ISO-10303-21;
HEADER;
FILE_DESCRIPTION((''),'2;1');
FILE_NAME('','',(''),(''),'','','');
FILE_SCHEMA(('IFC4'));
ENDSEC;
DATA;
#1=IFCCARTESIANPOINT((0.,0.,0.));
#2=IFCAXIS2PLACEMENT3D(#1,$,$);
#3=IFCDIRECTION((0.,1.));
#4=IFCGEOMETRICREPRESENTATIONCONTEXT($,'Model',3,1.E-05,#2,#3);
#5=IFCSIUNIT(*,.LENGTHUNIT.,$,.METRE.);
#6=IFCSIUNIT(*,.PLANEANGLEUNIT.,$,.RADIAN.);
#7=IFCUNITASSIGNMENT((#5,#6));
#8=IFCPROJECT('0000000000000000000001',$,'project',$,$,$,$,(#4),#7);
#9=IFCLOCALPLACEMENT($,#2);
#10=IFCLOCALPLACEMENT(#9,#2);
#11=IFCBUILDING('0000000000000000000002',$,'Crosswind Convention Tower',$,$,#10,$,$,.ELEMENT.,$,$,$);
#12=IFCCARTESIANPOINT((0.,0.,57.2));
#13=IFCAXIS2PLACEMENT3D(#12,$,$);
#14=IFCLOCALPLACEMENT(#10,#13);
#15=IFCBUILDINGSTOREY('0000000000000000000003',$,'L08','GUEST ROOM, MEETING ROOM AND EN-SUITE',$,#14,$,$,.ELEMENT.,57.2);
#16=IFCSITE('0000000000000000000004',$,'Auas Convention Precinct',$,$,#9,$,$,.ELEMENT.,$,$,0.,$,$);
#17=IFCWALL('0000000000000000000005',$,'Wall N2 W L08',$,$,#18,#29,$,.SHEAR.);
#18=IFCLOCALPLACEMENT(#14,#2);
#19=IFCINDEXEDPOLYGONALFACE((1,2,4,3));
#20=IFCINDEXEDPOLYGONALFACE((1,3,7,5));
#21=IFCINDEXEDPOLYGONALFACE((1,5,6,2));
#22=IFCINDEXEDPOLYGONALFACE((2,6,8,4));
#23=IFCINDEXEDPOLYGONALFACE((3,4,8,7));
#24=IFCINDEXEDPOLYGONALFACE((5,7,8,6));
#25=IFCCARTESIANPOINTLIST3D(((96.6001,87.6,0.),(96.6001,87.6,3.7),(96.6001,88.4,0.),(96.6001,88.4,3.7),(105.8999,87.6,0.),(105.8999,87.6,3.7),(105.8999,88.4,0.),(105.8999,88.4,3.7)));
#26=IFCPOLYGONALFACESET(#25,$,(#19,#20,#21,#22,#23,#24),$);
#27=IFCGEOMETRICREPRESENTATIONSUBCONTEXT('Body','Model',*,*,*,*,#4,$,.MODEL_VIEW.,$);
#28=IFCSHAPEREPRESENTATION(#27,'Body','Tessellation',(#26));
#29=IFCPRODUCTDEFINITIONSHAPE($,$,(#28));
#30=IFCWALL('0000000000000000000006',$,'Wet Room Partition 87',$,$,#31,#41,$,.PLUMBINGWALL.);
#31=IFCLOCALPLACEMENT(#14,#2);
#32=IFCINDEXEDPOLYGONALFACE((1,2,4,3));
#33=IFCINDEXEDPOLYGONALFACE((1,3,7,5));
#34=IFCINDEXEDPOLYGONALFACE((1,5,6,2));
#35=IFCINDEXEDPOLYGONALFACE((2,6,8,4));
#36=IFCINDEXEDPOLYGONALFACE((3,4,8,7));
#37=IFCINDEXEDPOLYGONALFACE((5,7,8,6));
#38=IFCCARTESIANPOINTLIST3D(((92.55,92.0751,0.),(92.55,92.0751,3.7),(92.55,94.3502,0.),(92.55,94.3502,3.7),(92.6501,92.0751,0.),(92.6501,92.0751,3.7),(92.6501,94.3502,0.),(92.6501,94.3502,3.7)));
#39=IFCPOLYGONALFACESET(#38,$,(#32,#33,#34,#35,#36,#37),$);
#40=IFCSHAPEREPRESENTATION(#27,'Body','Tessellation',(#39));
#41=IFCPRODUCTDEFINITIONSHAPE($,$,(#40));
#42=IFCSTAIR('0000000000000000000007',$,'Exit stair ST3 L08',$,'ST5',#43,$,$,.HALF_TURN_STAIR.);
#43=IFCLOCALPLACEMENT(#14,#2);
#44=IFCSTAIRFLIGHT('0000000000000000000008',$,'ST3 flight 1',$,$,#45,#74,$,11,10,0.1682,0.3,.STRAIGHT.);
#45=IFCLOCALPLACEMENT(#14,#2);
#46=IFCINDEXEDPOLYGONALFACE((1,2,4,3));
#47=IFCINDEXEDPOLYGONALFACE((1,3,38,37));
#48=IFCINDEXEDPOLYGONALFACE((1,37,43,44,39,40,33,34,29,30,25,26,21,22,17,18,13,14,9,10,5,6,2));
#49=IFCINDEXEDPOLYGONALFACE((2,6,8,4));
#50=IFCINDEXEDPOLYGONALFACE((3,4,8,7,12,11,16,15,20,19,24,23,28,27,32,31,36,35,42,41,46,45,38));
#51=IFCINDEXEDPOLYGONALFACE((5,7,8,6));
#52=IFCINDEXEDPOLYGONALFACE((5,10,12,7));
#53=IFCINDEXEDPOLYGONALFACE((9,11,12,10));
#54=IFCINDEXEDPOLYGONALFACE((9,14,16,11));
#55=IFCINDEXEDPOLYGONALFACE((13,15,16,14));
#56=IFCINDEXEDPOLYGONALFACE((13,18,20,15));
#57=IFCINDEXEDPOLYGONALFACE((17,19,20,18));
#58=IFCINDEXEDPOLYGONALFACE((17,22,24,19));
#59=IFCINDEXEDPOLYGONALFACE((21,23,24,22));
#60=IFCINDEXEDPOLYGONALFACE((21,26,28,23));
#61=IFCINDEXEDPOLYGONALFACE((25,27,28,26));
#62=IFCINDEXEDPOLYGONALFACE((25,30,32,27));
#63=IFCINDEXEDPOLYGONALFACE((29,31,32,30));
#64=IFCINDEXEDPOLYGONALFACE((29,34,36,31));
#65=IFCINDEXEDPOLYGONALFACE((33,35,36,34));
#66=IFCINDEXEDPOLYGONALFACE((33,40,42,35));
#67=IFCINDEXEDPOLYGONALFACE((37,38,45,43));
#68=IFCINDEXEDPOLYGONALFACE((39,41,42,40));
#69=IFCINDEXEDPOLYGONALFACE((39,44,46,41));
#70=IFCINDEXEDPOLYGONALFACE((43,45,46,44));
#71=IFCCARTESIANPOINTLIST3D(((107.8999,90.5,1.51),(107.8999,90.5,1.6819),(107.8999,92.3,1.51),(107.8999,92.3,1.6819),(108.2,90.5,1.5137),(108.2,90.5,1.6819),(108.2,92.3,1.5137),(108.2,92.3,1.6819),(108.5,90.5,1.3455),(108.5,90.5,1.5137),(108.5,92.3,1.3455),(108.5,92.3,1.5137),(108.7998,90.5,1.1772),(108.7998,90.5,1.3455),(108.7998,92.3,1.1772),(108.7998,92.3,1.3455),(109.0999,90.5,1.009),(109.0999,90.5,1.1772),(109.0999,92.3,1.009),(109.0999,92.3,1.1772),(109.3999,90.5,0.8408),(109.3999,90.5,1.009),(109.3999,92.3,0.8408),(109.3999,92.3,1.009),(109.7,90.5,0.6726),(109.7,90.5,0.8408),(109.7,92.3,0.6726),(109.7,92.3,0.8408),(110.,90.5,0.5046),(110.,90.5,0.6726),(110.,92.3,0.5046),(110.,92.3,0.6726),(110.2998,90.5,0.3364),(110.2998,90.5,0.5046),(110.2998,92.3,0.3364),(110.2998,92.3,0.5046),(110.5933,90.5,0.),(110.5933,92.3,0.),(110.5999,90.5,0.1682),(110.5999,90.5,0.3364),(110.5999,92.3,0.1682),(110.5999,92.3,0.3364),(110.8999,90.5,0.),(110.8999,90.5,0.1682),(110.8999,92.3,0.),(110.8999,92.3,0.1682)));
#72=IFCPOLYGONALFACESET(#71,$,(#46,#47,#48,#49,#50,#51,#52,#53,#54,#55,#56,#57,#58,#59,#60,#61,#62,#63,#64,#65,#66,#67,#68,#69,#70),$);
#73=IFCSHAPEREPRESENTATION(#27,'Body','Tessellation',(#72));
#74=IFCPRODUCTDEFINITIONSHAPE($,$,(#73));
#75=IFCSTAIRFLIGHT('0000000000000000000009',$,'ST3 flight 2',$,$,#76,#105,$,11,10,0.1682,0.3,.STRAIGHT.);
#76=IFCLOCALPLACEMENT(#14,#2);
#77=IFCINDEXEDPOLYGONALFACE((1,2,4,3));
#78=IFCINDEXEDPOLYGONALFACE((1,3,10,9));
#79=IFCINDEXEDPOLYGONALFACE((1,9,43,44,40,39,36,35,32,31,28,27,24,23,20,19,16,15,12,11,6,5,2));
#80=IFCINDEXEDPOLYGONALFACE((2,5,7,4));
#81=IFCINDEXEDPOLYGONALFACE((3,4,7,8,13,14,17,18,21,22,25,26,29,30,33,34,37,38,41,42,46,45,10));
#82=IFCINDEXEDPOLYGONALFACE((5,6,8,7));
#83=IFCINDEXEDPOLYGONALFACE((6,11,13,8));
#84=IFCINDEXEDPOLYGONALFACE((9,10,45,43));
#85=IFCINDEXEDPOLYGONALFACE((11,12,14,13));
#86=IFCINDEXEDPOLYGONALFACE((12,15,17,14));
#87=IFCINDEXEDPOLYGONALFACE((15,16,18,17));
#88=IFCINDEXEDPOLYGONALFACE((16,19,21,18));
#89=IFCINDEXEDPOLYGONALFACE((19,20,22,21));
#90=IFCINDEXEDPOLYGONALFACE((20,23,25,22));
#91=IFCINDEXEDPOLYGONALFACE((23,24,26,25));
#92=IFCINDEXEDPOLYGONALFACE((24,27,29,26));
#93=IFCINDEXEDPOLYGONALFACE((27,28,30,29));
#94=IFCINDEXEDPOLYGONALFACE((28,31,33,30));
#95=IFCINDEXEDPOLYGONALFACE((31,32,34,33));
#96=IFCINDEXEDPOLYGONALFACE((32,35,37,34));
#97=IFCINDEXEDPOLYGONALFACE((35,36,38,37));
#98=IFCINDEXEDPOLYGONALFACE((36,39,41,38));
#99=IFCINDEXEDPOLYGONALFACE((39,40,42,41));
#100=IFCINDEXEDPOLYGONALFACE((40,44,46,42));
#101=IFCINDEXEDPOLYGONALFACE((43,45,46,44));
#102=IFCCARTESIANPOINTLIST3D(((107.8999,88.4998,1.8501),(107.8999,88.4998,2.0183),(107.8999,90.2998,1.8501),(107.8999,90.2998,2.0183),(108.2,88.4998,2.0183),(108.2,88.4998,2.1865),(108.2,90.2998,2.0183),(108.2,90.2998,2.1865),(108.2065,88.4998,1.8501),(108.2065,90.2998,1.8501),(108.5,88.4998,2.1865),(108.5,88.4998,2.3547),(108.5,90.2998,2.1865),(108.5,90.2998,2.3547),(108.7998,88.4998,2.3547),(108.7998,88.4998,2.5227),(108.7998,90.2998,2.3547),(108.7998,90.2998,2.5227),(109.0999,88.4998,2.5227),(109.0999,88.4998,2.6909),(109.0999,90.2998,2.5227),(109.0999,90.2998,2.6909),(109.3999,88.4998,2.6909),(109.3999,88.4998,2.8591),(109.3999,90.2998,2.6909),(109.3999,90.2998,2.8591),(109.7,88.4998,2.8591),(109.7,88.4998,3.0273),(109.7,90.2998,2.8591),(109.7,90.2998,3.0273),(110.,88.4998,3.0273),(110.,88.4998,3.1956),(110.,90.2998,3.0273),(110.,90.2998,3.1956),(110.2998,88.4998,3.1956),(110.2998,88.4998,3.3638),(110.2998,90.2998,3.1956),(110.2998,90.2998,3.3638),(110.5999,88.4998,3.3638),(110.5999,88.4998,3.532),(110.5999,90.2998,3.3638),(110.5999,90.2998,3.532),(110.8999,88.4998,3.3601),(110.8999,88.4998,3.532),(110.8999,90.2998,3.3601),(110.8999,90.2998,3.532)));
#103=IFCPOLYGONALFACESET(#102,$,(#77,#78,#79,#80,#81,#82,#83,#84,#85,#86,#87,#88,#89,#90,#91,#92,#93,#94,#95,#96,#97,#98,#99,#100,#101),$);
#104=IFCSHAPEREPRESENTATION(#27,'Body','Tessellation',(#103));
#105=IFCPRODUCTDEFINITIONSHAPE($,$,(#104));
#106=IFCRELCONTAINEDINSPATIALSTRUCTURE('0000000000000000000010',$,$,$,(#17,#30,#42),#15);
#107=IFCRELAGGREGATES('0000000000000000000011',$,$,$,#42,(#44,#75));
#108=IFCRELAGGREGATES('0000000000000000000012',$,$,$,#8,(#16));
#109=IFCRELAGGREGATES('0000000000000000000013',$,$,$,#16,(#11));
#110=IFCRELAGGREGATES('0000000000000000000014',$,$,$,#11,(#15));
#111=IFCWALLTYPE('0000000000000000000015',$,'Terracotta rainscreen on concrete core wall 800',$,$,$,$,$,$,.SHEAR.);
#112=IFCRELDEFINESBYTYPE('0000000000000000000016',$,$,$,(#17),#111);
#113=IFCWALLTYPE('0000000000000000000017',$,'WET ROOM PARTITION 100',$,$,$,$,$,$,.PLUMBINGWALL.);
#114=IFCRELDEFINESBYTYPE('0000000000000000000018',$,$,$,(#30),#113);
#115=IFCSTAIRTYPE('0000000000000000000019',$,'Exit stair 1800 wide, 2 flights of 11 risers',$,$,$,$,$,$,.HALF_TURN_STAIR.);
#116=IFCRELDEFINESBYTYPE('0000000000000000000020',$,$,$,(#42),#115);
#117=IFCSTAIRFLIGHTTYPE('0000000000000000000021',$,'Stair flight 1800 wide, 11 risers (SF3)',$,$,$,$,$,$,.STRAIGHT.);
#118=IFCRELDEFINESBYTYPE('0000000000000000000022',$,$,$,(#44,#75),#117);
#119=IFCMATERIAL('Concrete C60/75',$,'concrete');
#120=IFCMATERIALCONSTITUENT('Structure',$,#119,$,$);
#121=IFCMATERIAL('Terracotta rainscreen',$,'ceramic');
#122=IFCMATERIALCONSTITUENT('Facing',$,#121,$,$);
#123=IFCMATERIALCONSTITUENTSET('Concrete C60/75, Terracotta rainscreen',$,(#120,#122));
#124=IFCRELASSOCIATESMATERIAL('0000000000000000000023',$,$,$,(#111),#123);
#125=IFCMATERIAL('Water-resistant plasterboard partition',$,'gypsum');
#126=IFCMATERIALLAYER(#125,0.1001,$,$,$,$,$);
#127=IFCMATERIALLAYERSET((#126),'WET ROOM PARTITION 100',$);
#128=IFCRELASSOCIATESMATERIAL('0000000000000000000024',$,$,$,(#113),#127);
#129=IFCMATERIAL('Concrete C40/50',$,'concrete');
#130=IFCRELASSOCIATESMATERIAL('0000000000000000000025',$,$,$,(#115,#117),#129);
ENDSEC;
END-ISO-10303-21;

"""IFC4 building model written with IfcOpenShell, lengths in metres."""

from ifc_helpers import new_model, si_unit, direction, frame, frame_2d, origin, place, context, subcontext, project, spatial, polyline, rectangle, outline, extrude, material, layer, layer_set, constituent, constituent_set, type_object, element, aggregate, save


model = new_model("IFC4")

# Units and contexts
model_context = context("Model", 3, precision=1e-05, world=origin(), true_north=direction((0.0, 1.0)))
body_context = subcontext(model_context, "Body", "Model", "MODEL_VIEW")
ifc_project = project(units=[si_unit("LENGTHUNIT", "METRE"), si_unit("PLANEANGLEUNIT", "RADIAN")], contexts=[model_context])

# Site, building, storey
site_placement = place(None, origin())
site = spatial("IfcSite", under=ifc_project, at=site_placement, Name="Auas Convention Precinct", CompositionType="ELEMENT", RefElevation=0.0)
building_placement = place(site_placement, origin())
building = spatial("IfcBuilding", under=site, at=building_placement, Name="Crosswind Convention Tower", CompositionType="ELEMENT")
storey_placement = place(building_placement, frame((0.0, 0.0, 57.2)))
storey = spatial("IfcBuildingStorey", under=building, at=storey_placement, Name="L08", Description="GUEST ROOM, MEETING ROOM AND EN-SUITE", CompositionType="ELEMENT", Elevation=57.2)

# Shared definitions
ifc_material_1 = material(Name="Terracotta rainscreen", Category="ceramic")

# Walls
ifc_material_2 = material(Name="Concrete C60/75", Category="concrete")
ifc_constituent_1 = constituent(ifc_material_2, Name="Structure")
ifc_constituent_2 = constituent(ifc_material_1, Name="Facing")
ifc_constituent_set = constituent_set(constituents=[ifc_constituent_1, ifc_constituent_2], Name="Concrete C60/75, Terracotta rainscreen")
wall_type_1 = type_object("IfcWallType", Name="Terracotta rainscreen on concrete core wall 800", PredefinedType="SHEAR", material=ifc_constituent_set)
wall_1_placement = place(storey_placement, frame((105.8999, 88.0, 0.0), z_axis=(0.0, 0.0, 1.0), x_axis=(-1.0, 0.0, 0.0)))
element("IfcWall", 1, at=wall_1_placement, inside=storey, type_object=wall_type_1, Name="Wall N2 W L08", PredefinedType="SHEAR", context=body_context, shape_type="SweptSolid", body=[
    extrude(rectangle(XDim=9.2998, YDim=0.8, at=frame_2d((4.6499, 0.0))), origin(), (0.0, 0.0, 1.0), 3.7),
])
ifc_material_3 = material(Name="Water-resistant plasterboard partition", Category="gypsum")
ifc_layer_1 = layer(ifc_material_3, 0.1001)
ifc_layer_set_1 = layer_set([ifc_layer_1], Name="WET ROOM PARTITION 100")
wall_type_2 = type_object("IfcWallType", Name="WET ROOM PARTITION 100", PredefinedType="PLUMBINGWALL", material=ifc_layer_set_1)
wall_2_placement = place(storey_placement, frame((92.6001, 92.075, 0.0), z_axis=(0.0, 0.0, 1.0), x_axis=(0.0, 1.0, 0.0)))
element("IfcWall", 2, at=wall_2_placement, inside=storey, type_object=wall_type_2, Name="Wet Room Partition 87", PredefinedType="PLUMBINGWALL", context=body_context, shape_type="SweptSolid", body=[
    extrude(rectangle(XDim=2.2751, YDim=0.1001, at=frame_2d((1.1377, 0.0))), origin(), (0.0, 0.0, 1.0), 3.7),
])

# Stair, stair flights
ifc_material_4 = material(Name="Concrete C40/50", Category="concrete")
stair_type = type_object("IfcStairType", Name="Exit stair 1800 wide, 2 flights of 11 risers", PredefinedType="HALF_TURN_STAIR", material=ifc_material_4)
stair_placement = place(storey_placement, origin())
stair = element("IfcStair", 3, at=stair_placement, inside=storey, type_object=stair_type, Name="Exit stair ST3 L08", ObjectType="ST5", PredefinedType="HALF_TURN_STAIR")
stair_flight_type = type_object("IfcStairFlightType", Name="Stair flight 1800 wide, 11 risers (SF3)", PredefinedType="STRAIGHT", material=ifc_material_4)
stair_flight_1_placement = place(storey_placement, frame((110.8999, 91.3999, 0.0), z_axis=(0.0, 0.0, 1.0), x_axis=(-1.0, 0.0, 0.0)))
stair_flight_1 = element("IfcStairFlight", 4, at=stair_flight_1_placement, type_object=stair_flight_type, Name="ST3 flight 1", NumberOfRisers=11, NumberOfTreads=10, PredefinedType="STRAIGHT", RiserHeight=0.1682, TreadLength=0.3, context=body_context, shape_type="SweptSolid", body=[
    extrude(outline(polyline([(0.0, 0.0), (0.0, 0.1682), (0.3, 0.1682), (0.3, 0.3364), (0.6001, 0.3364), (0.6001, 0.5046), (0.8999, 0.5046), (0.8999, 0.6726), (1.2, 0.6726), (1.2, 0.8408), (1.5, 0.8408), (1.5, 1.009), (1.8, 1.009), (1.8, 1.1772), (2.1001, 1.1772), (2.1001, 1.3455), (2.3999, 1.3455), (2.3999, 1.5137), (2.7, 1.5137), (2.7, 1.6819), (3.0, 1.6819), (3.0, 1.8501), (3.0, 1.51), (0.3066, 0.0), (0.0, 0.0)])), frame((0.0, 0.8999, 0.0), z_axis=(0.0, -1.0, 0.0), x_axis=(1.0, 0.0, 0.0)), (0.0, 0.0, 1.0), 1.8),
])
stair_flight_2_placement = place(storey_placement, frame((107.8999, 89.3999, 1.8501), z_axis=(0.0, 0.0, 1.0), x_axis=(1.0, 0.0, 0.0)))
stair_flight_2 = element("IfcStairFlight", 5, at=stair_flight_2_placement, type_object=stair_flight_type, Name="ST3 flight 2", NumberOfRisers=11, NumberOfTreads=10, PredefinedType="STRAIGHT", RiserHeight=0.1682, TreadLength=0.3, context=body_context, shape_type="SweptSolid", body=[
    extrude(outline(polyline([(0.0, 0.0), (0.0, 0.1682), (0.3, 0.1682), (0.3, 0.3364), (0.6001, 0.3364), (0.6001, 0.5046), (0.8999, 0.5046), (0.8999, 0.6726), (1.2, 0.6726), (1.2, 0.8408), (1.5, 0.8408), (1.5, 1.009), (1.8, 1.009), (1.8, 1.1772), (2.1001, 1.1772), (2.1001, 1.3455), (2.3999, 1.3455), (2.3999, 1.5137), (2.7, 1.5137), (2.7, 1.6819), (3.0, 1.6819), (3.0, 1.8501), (3.0, 1.51), (0.3066, 0.0), (0.0, 0.0)])), frame((0.0, 0.8999, 0.0), z_axis=(0.0, -1.0, 0.0), x_axis=(1.0, 0.0, 0.0)), (0.0, 0.0, 1.0), 1.8),
])
aggregate(stair, [stair_flight_1, stair_flight_2])

save(model, "model.ifc")
